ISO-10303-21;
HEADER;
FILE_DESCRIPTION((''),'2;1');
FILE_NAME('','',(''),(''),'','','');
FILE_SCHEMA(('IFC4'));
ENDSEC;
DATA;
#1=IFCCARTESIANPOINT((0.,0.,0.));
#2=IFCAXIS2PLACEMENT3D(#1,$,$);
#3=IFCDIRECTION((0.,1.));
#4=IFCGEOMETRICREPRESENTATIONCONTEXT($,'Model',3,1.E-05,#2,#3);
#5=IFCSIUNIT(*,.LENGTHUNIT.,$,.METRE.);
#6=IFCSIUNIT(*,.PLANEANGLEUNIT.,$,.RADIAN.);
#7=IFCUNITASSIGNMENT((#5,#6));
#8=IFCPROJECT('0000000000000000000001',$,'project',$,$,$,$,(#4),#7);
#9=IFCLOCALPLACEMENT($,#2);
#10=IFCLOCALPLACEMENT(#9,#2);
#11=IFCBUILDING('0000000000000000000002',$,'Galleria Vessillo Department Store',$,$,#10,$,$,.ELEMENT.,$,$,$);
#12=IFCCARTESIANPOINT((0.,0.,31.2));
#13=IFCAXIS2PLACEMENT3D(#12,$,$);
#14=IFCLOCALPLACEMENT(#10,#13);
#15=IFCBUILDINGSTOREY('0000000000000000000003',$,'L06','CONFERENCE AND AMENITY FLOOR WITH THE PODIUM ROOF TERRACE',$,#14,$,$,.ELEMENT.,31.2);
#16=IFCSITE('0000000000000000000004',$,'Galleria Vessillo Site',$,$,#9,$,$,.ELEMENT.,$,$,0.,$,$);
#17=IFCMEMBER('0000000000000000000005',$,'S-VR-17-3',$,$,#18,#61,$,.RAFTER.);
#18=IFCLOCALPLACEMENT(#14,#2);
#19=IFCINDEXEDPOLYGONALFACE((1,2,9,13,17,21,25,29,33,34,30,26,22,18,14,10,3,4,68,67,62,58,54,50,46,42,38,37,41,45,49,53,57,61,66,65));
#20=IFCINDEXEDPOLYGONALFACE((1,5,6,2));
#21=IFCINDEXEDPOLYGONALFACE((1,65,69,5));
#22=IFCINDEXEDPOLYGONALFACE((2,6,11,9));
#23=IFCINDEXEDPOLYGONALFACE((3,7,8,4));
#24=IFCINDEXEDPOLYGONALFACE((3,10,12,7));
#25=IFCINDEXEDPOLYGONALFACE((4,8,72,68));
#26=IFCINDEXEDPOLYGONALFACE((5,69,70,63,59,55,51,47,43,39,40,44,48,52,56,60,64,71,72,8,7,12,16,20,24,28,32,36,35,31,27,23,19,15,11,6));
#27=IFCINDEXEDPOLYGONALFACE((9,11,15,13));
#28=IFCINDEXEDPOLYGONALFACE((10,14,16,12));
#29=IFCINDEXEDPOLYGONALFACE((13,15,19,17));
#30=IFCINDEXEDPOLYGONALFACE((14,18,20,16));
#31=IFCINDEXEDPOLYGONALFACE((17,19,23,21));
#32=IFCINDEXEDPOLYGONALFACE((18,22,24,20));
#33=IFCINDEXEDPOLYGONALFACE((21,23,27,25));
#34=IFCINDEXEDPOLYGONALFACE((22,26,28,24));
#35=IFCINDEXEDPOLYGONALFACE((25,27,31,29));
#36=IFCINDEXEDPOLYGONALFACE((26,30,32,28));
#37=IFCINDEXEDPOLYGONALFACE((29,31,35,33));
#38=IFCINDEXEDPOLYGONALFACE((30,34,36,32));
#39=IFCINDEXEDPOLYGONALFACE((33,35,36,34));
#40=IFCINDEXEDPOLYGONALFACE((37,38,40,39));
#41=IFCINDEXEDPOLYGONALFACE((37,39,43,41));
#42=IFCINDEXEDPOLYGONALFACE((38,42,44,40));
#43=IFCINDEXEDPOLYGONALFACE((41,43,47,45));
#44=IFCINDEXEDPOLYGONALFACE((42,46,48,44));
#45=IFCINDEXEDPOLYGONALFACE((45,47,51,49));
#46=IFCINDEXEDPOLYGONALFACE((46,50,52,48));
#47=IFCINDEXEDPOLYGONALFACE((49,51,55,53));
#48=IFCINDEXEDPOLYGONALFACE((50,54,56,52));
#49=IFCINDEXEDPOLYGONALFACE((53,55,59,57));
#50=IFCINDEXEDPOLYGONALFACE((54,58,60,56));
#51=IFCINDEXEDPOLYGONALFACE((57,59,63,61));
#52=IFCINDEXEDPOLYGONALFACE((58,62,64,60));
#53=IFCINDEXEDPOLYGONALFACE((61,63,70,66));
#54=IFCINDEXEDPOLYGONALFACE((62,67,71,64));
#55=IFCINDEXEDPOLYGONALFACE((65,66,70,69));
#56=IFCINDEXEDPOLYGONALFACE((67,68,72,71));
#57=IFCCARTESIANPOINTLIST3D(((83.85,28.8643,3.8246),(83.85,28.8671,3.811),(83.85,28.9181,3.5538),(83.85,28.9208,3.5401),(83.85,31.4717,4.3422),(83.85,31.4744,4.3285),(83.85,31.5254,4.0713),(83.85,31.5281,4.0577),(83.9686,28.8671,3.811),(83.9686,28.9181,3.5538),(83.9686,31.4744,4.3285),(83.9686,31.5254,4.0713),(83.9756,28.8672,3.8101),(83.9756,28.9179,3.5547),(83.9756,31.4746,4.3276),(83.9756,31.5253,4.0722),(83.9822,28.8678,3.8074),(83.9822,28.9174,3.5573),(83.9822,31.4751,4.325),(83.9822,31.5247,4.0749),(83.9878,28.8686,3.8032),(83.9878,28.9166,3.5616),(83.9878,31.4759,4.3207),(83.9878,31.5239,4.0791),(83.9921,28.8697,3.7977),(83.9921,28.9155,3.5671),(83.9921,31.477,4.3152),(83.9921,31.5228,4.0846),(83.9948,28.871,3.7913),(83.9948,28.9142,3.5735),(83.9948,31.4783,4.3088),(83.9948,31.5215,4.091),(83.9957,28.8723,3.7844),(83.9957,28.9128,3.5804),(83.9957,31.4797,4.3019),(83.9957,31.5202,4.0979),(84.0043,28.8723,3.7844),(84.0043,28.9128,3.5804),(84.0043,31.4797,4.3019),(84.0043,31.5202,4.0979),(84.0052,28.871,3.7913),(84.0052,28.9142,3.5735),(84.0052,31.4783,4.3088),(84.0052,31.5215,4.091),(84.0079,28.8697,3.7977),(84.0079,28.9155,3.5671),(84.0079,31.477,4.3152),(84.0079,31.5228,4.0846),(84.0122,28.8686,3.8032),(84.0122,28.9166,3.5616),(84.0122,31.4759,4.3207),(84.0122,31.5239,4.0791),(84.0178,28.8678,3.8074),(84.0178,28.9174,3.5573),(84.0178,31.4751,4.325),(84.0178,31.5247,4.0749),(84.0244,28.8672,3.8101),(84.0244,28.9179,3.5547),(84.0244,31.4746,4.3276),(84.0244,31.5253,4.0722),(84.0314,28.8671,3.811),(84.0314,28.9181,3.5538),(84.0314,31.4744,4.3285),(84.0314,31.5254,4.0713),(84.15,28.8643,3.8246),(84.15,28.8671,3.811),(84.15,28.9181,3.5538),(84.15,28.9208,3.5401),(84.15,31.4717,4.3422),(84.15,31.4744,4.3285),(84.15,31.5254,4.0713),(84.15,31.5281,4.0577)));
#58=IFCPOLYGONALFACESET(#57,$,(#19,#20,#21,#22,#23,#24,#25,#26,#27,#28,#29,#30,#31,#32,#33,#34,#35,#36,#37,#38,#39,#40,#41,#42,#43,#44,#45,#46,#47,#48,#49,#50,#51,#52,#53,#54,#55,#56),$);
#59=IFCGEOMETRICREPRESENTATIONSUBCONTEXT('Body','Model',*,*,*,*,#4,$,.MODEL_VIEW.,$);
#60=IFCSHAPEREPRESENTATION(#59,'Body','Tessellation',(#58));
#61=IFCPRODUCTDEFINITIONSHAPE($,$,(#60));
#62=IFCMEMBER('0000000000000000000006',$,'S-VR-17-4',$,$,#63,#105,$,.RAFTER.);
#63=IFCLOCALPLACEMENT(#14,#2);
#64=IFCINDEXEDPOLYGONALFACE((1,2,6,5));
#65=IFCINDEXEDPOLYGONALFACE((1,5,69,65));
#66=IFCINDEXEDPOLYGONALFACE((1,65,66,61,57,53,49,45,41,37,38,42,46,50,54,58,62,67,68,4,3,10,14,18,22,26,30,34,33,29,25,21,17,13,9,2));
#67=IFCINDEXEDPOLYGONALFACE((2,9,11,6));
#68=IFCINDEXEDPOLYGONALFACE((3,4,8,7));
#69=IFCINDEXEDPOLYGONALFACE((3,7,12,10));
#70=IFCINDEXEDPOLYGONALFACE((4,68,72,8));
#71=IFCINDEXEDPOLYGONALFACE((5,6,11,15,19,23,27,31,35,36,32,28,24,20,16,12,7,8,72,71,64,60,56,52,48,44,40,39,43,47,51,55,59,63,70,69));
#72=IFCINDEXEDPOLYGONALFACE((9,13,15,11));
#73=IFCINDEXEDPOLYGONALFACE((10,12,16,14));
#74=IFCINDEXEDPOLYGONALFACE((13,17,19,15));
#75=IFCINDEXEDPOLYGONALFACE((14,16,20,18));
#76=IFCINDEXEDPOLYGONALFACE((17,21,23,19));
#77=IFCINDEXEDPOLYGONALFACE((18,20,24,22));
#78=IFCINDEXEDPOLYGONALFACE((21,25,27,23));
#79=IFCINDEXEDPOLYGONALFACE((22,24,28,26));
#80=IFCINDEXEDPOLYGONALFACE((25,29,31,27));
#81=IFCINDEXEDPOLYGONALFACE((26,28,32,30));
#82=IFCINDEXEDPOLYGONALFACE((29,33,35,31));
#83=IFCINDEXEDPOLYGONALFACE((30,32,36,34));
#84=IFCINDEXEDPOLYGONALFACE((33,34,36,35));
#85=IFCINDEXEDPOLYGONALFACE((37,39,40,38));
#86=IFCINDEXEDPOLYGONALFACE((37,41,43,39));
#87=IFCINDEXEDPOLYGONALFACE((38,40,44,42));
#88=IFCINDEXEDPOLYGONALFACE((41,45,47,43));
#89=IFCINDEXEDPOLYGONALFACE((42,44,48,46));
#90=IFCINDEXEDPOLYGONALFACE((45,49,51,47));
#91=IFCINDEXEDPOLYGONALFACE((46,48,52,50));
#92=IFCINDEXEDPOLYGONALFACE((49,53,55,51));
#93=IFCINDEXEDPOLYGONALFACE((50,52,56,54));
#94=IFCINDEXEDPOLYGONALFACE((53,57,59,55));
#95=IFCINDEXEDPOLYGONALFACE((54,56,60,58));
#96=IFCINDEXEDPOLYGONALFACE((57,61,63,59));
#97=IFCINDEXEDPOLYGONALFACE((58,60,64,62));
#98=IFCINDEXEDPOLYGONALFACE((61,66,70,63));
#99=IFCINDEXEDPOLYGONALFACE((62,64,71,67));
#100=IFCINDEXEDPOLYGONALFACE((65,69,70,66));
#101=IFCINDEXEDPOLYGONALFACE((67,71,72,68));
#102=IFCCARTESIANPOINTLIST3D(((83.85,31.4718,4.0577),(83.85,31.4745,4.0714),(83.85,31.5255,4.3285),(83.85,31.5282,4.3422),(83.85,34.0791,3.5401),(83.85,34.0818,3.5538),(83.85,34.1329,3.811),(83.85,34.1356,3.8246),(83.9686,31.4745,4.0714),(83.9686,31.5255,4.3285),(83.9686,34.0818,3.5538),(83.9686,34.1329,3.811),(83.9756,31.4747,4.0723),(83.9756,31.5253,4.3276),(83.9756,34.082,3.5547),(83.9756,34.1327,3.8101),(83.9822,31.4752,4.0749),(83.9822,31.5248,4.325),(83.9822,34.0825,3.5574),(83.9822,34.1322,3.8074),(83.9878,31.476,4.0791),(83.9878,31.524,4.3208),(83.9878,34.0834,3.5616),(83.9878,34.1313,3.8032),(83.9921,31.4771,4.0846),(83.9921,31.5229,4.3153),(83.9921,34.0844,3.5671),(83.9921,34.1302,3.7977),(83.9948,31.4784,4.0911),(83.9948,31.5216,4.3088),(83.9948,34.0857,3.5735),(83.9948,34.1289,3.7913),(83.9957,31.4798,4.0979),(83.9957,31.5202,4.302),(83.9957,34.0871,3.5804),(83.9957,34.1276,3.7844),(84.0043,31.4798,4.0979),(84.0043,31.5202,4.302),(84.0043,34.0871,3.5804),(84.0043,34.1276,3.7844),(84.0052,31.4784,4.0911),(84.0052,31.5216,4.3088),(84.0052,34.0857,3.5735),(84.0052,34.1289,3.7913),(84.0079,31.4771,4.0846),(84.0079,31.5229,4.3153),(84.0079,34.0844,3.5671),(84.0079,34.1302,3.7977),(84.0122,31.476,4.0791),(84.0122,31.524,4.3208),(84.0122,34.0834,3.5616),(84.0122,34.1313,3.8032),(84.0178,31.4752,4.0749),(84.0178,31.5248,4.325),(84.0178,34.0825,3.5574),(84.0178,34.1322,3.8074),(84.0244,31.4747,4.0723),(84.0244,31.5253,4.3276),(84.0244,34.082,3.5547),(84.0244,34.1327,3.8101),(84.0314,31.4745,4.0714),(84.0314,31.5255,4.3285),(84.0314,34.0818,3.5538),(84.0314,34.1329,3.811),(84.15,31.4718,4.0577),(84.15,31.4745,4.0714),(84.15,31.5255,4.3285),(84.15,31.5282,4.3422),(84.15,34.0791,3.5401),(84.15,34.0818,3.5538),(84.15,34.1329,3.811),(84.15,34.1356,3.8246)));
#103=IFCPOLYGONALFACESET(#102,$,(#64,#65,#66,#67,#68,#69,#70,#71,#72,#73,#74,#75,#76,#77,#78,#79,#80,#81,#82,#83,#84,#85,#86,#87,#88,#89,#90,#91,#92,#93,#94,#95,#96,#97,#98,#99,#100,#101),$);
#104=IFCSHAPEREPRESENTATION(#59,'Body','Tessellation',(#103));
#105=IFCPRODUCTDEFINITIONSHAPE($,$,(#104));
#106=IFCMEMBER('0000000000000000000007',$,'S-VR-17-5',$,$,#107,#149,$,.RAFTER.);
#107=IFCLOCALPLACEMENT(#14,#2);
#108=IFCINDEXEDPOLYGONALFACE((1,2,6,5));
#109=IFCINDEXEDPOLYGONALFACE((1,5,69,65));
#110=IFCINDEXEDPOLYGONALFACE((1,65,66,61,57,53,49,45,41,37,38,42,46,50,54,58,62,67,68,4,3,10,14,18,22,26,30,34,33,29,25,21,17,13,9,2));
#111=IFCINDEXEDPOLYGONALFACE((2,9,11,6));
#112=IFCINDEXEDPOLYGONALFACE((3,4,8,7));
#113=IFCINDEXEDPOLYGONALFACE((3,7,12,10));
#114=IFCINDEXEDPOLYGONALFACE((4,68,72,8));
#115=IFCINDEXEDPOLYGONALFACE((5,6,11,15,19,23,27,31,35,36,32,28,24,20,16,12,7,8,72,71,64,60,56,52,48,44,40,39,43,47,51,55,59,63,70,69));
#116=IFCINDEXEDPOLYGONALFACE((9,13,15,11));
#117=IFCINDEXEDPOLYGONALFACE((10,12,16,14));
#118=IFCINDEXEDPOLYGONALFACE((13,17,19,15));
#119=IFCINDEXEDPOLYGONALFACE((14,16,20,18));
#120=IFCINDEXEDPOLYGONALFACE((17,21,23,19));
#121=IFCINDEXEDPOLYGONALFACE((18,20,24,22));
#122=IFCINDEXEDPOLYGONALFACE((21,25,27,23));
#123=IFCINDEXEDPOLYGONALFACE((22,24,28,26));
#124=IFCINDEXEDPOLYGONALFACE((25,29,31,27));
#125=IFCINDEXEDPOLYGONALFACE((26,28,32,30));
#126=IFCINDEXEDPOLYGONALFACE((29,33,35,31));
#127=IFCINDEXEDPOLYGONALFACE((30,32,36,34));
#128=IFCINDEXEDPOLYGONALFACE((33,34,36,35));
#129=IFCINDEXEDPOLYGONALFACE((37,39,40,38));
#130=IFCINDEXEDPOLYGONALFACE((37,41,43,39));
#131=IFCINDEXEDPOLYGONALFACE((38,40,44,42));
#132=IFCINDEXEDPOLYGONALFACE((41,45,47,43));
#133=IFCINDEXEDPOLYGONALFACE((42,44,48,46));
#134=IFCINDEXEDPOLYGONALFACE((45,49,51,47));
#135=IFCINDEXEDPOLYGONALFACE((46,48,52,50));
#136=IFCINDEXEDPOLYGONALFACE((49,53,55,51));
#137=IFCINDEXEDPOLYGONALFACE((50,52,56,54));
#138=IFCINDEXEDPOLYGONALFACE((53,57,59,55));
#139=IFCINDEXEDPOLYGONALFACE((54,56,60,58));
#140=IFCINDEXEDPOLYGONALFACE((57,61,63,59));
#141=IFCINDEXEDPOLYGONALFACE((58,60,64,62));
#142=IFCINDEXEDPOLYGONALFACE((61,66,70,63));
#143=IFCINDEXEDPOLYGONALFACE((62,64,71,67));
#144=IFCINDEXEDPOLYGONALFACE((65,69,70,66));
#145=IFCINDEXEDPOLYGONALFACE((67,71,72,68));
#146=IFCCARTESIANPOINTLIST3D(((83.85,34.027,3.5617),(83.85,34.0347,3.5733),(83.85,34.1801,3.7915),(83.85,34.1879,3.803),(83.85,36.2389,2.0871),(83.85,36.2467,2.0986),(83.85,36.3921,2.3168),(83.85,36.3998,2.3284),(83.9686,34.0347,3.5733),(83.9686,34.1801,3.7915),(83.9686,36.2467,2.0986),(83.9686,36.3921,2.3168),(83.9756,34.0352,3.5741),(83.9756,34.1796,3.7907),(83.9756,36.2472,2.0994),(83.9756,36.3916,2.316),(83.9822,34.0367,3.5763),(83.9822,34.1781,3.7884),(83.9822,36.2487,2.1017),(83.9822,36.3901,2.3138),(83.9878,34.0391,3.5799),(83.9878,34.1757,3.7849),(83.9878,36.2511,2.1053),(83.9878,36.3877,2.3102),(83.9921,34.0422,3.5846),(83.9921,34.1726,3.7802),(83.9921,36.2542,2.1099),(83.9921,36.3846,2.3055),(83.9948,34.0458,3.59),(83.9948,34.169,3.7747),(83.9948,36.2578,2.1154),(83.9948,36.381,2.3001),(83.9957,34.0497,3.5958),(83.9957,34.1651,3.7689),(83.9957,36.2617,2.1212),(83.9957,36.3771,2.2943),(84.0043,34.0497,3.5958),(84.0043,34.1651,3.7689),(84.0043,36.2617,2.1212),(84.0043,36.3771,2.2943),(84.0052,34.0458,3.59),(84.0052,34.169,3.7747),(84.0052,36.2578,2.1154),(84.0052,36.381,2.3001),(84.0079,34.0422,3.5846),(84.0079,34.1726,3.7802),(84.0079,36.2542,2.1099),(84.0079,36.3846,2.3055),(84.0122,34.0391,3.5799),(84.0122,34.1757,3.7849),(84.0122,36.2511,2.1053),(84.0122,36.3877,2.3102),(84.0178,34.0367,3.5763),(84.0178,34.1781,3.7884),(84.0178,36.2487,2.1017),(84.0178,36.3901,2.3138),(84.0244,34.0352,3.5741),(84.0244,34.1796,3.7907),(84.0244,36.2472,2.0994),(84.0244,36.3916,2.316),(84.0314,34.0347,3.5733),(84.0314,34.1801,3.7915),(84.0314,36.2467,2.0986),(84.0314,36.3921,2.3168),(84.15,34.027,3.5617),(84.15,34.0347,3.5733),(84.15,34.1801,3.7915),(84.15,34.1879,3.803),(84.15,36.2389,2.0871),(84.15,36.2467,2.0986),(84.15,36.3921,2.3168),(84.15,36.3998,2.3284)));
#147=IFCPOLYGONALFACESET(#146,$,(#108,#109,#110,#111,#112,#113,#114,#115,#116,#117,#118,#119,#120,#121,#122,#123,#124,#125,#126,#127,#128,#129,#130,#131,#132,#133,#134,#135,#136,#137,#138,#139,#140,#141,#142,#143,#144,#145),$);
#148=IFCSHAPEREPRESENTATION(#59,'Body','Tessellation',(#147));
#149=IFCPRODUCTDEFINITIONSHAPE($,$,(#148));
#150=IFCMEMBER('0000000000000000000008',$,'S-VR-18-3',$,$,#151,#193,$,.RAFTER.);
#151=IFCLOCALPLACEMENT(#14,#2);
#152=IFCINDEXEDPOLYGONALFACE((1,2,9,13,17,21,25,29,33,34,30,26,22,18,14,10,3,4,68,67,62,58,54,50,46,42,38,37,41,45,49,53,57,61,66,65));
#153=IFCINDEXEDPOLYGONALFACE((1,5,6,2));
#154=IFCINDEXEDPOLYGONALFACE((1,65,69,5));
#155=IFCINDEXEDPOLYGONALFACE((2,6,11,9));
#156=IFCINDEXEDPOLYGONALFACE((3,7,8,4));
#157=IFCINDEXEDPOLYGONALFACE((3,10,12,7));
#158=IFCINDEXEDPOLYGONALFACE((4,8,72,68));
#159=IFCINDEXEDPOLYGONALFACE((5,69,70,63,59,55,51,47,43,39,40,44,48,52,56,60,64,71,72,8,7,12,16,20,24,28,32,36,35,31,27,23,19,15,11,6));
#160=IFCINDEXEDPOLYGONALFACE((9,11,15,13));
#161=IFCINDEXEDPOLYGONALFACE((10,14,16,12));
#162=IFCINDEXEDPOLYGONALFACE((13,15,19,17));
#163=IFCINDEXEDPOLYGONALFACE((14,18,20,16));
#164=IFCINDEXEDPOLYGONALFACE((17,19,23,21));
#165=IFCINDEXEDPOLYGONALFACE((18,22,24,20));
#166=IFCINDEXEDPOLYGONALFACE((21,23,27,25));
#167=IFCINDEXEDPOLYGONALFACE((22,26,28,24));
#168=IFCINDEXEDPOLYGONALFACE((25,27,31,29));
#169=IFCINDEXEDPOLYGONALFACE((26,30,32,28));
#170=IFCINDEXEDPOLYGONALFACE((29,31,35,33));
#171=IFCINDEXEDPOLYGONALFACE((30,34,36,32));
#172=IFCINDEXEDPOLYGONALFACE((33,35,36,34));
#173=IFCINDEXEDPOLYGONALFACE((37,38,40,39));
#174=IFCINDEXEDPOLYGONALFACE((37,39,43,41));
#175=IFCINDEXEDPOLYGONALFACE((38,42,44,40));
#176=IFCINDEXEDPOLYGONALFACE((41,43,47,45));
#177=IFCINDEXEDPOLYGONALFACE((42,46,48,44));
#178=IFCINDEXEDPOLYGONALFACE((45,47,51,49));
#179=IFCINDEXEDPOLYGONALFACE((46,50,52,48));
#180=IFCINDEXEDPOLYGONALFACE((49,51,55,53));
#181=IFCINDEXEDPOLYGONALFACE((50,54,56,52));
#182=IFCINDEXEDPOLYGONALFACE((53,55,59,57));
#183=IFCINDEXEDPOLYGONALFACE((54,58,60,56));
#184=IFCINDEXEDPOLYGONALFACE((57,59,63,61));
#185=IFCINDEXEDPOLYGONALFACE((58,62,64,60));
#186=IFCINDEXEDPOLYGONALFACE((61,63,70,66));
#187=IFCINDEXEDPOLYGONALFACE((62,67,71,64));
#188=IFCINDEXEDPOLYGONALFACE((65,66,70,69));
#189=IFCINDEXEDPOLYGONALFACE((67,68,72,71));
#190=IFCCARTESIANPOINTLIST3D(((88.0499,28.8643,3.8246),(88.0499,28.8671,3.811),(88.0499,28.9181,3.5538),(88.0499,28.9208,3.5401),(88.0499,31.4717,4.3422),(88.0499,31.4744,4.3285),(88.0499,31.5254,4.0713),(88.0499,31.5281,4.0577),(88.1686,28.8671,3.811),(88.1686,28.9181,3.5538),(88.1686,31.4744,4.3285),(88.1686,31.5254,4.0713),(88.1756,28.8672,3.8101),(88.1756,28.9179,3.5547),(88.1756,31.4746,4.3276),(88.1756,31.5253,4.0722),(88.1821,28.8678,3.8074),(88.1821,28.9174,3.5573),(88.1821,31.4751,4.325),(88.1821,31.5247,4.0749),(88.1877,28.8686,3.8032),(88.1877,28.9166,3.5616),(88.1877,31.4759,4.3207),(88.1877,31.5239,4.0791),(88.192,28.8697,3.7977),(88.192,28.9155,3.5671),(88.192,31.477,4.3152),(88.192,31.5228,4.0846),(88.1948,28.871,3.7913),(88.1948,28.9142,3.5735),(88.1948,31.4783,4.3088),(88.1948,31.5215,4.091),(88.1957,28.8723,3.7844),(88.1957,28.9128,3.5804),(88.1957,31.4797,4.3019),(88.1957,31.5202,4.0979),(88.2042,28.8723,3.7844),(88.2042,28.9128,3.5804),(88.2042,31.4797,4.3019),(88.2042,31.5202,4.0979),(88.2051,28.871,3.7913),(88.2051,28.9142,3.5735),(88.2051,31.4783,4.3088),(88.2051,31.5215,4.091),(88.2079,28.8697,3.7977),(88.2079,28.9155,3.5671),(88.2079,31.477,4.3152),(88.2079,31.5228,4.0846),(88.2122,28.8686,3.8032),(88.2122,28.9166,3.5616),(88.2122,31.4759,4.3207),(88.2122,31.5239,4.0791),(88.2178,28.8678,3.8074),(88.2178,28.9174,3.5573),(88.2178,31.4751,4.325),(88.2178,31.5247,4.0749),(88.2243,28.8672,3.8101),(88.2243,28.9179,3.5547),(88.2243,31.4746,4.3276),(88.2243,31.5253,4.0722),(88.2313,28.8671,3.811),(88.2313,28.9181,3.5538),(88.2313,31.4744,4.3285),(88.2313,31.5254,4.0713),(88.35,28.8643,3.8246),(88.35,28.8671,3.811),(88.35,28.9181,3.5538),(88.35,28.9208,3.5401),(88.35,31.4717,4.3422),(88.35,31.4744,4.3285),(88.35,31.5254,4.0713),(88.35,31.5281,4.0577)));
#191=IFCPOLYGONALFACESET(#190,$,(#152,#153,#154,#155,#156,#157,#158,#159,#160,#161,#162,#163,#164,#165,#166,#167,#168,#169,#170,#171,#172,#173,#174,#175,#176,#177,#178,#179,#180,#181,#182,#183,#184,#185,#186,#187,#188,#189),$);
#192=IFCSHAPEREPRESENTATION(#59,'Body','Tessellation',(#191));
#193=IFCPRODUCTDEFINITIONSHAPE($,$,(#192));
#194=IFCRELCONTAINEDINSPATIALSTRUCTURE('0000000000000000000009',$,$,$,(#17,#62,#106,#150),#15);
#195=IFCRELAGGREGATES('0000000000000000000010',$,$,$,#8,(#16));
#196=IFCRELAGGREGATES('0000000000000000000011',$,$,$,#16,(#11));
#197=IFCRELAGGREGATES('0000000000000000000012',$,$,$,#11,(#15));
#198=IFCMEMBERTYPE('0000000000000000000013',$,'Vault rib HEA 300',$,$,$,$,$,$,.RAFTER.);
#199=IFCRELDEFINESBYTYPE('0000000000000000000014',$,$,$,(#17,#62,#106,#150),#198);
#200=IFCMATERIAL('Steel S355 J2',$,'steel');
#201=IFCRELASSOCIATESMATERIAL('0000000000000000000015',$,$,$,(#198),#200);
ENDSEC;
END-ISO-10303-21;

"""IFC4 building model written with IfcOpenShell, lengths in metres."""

from ifc_helpers import new_model, si_unit, direction, frame, origin, origin_2d, place, context, subcontext, project, spatial, i_section, extrude, material, material_profile, profile_set, type_object, element, save


model = new_model("IFC4")

# Units and contexts
model_context = context("Model", 3, precision=1e-05, world=origin(), true_north=direction((0.0, 1.0)))
body_context = subcontext(model_context, "Body", "Model", "MODEL_VIEW")
ifc_project = project(units=[si_unit("LENGTHUNIT", "METRE"), si_unit("PLANEANGLEUNIT", "RADIAN")], contexts=[model_context])

# Site, building, storey
site_placement = place(None, origin())
site = spatial("IfcSite", under=ifc_project, at=site_placement, Name="Galleria Vessillo Site", CompositionType="ELEMENT", RefElevation=0.0)
building_placement = place(site_placement, origin())
building = spatial("IfcBuilding", under=site, at=building_placement, Name="Galleria Vessillo Department Store", CompositionType="ELEMENT")
storey_placement = place(building_placement, frame((0.0, 0.0, 31.2)))
storey = spatial("IfcBuildingStorey", under=building, at=storey_placement, Name="L06", Description="CONFERENCE AND AMENITY FLOOR WITH THE PODIUM ROOF TERRACE", CompositionType="ELEMENT", Elevation=31.2)

# Members
ifc_material_1 = material(Name="Steel S355 J2", Category="steel")
ifc_material_profile_1 = material_profile(ifc_material_1, i_section(OverallWidth=0.3, OverallDepth=0.29, WebThickness=0.0085, FlangeThickness=0.0139, FilletRadius=0.0271, at=origin_2d()), Name="HEA 300")
ifc_profile_set_1 = profile_set([ifc_material_profile_1], Name="Steel S355 J2")
member_type_1 = type_object("IfcMemberType", Name="Vault rib HEA 300", PredefinedType="RAFTER", material=ifc_profile_set_1)
for number, where, z_axis, x_axis, name in (
    (1, (84.0, 28.8926, 3.6824), (0.0, 0.980862, 0.194703), (-1.0, 0.0, 0.0), "S-VR-17-3"),
    (2, (84.0, 31.5, 4.2), (0.0, 0.980862, -0.194703), (-1.0, 0.0, 0.0), "S-VR-17-4"),
):
    element("IfcMember", number, at=place(storey_placement, frame(where, z_axis=z_axis, x_axis=x_axis)), inside=storey, type_object=member_type_1, Name=name, PredefinedType="RAFTER", context=body_context, shape_type="SweptSolid", body=[
        extrude(i_section(OverallWidth=0.3, OverallDepth=0.29, WebThickness=0.0085, FlangeThickness=0.0139, FilletRadius=0.0271, at=origin_2d()), origin(), (0.0, 0.0, 1.0), 2.6582),
    ])
member_1_placement = place(storey_placement, frame((84.0, 34.1074, 3.6824), z_axis=(0.0, 0.83205, -0.5547), x_axis=(-1.0, 0.0, 0.0)))
element("IfcMember", 3, at=member_1_placement, inside=storey, type_object=member_type_1, Name="S-VR-17-5", PredefinedType="RAFTER", context=body_context, shape_type="SweptSolid", body=[
    extrude(i_section(OverallWidth=0.3, OverallDepth=0.29, WebThickness=0.0085, FlangeThickness=0.0139, FilletRadius=0.0271, at=origin_2d()), origin(), (0.0, 0.0, 1.0), 2.6584),
])
for number, where, z_axis, x_axis, name in (
    (4, (88.2, 28.8926, 3.6824), (0.0, 0.980862, 0.194703), (-1.0, 0.0, 0.0), "S-VR-18-3"),
):
    element("IfcMember", number, at=place(storey_placement, frame(where, z_axis=z_axis, x_axis=x_axis)), inside=storey, type_object=member_type_1, Name=name, PredefinedType="RAFTER", context=body_context, shape_type="SweptSolid", body=[
        extrude(i_section(OverallWidth=0.3, OverallDepth=0.29, WebThickness=0.0085, FlangeThickness=0.0139, FilletRadius=0.0271, at=origin_2d()), origin(), (0.0, 0.0, 1.0), 2.6582),
    ])

save(model, "model.ifc")
